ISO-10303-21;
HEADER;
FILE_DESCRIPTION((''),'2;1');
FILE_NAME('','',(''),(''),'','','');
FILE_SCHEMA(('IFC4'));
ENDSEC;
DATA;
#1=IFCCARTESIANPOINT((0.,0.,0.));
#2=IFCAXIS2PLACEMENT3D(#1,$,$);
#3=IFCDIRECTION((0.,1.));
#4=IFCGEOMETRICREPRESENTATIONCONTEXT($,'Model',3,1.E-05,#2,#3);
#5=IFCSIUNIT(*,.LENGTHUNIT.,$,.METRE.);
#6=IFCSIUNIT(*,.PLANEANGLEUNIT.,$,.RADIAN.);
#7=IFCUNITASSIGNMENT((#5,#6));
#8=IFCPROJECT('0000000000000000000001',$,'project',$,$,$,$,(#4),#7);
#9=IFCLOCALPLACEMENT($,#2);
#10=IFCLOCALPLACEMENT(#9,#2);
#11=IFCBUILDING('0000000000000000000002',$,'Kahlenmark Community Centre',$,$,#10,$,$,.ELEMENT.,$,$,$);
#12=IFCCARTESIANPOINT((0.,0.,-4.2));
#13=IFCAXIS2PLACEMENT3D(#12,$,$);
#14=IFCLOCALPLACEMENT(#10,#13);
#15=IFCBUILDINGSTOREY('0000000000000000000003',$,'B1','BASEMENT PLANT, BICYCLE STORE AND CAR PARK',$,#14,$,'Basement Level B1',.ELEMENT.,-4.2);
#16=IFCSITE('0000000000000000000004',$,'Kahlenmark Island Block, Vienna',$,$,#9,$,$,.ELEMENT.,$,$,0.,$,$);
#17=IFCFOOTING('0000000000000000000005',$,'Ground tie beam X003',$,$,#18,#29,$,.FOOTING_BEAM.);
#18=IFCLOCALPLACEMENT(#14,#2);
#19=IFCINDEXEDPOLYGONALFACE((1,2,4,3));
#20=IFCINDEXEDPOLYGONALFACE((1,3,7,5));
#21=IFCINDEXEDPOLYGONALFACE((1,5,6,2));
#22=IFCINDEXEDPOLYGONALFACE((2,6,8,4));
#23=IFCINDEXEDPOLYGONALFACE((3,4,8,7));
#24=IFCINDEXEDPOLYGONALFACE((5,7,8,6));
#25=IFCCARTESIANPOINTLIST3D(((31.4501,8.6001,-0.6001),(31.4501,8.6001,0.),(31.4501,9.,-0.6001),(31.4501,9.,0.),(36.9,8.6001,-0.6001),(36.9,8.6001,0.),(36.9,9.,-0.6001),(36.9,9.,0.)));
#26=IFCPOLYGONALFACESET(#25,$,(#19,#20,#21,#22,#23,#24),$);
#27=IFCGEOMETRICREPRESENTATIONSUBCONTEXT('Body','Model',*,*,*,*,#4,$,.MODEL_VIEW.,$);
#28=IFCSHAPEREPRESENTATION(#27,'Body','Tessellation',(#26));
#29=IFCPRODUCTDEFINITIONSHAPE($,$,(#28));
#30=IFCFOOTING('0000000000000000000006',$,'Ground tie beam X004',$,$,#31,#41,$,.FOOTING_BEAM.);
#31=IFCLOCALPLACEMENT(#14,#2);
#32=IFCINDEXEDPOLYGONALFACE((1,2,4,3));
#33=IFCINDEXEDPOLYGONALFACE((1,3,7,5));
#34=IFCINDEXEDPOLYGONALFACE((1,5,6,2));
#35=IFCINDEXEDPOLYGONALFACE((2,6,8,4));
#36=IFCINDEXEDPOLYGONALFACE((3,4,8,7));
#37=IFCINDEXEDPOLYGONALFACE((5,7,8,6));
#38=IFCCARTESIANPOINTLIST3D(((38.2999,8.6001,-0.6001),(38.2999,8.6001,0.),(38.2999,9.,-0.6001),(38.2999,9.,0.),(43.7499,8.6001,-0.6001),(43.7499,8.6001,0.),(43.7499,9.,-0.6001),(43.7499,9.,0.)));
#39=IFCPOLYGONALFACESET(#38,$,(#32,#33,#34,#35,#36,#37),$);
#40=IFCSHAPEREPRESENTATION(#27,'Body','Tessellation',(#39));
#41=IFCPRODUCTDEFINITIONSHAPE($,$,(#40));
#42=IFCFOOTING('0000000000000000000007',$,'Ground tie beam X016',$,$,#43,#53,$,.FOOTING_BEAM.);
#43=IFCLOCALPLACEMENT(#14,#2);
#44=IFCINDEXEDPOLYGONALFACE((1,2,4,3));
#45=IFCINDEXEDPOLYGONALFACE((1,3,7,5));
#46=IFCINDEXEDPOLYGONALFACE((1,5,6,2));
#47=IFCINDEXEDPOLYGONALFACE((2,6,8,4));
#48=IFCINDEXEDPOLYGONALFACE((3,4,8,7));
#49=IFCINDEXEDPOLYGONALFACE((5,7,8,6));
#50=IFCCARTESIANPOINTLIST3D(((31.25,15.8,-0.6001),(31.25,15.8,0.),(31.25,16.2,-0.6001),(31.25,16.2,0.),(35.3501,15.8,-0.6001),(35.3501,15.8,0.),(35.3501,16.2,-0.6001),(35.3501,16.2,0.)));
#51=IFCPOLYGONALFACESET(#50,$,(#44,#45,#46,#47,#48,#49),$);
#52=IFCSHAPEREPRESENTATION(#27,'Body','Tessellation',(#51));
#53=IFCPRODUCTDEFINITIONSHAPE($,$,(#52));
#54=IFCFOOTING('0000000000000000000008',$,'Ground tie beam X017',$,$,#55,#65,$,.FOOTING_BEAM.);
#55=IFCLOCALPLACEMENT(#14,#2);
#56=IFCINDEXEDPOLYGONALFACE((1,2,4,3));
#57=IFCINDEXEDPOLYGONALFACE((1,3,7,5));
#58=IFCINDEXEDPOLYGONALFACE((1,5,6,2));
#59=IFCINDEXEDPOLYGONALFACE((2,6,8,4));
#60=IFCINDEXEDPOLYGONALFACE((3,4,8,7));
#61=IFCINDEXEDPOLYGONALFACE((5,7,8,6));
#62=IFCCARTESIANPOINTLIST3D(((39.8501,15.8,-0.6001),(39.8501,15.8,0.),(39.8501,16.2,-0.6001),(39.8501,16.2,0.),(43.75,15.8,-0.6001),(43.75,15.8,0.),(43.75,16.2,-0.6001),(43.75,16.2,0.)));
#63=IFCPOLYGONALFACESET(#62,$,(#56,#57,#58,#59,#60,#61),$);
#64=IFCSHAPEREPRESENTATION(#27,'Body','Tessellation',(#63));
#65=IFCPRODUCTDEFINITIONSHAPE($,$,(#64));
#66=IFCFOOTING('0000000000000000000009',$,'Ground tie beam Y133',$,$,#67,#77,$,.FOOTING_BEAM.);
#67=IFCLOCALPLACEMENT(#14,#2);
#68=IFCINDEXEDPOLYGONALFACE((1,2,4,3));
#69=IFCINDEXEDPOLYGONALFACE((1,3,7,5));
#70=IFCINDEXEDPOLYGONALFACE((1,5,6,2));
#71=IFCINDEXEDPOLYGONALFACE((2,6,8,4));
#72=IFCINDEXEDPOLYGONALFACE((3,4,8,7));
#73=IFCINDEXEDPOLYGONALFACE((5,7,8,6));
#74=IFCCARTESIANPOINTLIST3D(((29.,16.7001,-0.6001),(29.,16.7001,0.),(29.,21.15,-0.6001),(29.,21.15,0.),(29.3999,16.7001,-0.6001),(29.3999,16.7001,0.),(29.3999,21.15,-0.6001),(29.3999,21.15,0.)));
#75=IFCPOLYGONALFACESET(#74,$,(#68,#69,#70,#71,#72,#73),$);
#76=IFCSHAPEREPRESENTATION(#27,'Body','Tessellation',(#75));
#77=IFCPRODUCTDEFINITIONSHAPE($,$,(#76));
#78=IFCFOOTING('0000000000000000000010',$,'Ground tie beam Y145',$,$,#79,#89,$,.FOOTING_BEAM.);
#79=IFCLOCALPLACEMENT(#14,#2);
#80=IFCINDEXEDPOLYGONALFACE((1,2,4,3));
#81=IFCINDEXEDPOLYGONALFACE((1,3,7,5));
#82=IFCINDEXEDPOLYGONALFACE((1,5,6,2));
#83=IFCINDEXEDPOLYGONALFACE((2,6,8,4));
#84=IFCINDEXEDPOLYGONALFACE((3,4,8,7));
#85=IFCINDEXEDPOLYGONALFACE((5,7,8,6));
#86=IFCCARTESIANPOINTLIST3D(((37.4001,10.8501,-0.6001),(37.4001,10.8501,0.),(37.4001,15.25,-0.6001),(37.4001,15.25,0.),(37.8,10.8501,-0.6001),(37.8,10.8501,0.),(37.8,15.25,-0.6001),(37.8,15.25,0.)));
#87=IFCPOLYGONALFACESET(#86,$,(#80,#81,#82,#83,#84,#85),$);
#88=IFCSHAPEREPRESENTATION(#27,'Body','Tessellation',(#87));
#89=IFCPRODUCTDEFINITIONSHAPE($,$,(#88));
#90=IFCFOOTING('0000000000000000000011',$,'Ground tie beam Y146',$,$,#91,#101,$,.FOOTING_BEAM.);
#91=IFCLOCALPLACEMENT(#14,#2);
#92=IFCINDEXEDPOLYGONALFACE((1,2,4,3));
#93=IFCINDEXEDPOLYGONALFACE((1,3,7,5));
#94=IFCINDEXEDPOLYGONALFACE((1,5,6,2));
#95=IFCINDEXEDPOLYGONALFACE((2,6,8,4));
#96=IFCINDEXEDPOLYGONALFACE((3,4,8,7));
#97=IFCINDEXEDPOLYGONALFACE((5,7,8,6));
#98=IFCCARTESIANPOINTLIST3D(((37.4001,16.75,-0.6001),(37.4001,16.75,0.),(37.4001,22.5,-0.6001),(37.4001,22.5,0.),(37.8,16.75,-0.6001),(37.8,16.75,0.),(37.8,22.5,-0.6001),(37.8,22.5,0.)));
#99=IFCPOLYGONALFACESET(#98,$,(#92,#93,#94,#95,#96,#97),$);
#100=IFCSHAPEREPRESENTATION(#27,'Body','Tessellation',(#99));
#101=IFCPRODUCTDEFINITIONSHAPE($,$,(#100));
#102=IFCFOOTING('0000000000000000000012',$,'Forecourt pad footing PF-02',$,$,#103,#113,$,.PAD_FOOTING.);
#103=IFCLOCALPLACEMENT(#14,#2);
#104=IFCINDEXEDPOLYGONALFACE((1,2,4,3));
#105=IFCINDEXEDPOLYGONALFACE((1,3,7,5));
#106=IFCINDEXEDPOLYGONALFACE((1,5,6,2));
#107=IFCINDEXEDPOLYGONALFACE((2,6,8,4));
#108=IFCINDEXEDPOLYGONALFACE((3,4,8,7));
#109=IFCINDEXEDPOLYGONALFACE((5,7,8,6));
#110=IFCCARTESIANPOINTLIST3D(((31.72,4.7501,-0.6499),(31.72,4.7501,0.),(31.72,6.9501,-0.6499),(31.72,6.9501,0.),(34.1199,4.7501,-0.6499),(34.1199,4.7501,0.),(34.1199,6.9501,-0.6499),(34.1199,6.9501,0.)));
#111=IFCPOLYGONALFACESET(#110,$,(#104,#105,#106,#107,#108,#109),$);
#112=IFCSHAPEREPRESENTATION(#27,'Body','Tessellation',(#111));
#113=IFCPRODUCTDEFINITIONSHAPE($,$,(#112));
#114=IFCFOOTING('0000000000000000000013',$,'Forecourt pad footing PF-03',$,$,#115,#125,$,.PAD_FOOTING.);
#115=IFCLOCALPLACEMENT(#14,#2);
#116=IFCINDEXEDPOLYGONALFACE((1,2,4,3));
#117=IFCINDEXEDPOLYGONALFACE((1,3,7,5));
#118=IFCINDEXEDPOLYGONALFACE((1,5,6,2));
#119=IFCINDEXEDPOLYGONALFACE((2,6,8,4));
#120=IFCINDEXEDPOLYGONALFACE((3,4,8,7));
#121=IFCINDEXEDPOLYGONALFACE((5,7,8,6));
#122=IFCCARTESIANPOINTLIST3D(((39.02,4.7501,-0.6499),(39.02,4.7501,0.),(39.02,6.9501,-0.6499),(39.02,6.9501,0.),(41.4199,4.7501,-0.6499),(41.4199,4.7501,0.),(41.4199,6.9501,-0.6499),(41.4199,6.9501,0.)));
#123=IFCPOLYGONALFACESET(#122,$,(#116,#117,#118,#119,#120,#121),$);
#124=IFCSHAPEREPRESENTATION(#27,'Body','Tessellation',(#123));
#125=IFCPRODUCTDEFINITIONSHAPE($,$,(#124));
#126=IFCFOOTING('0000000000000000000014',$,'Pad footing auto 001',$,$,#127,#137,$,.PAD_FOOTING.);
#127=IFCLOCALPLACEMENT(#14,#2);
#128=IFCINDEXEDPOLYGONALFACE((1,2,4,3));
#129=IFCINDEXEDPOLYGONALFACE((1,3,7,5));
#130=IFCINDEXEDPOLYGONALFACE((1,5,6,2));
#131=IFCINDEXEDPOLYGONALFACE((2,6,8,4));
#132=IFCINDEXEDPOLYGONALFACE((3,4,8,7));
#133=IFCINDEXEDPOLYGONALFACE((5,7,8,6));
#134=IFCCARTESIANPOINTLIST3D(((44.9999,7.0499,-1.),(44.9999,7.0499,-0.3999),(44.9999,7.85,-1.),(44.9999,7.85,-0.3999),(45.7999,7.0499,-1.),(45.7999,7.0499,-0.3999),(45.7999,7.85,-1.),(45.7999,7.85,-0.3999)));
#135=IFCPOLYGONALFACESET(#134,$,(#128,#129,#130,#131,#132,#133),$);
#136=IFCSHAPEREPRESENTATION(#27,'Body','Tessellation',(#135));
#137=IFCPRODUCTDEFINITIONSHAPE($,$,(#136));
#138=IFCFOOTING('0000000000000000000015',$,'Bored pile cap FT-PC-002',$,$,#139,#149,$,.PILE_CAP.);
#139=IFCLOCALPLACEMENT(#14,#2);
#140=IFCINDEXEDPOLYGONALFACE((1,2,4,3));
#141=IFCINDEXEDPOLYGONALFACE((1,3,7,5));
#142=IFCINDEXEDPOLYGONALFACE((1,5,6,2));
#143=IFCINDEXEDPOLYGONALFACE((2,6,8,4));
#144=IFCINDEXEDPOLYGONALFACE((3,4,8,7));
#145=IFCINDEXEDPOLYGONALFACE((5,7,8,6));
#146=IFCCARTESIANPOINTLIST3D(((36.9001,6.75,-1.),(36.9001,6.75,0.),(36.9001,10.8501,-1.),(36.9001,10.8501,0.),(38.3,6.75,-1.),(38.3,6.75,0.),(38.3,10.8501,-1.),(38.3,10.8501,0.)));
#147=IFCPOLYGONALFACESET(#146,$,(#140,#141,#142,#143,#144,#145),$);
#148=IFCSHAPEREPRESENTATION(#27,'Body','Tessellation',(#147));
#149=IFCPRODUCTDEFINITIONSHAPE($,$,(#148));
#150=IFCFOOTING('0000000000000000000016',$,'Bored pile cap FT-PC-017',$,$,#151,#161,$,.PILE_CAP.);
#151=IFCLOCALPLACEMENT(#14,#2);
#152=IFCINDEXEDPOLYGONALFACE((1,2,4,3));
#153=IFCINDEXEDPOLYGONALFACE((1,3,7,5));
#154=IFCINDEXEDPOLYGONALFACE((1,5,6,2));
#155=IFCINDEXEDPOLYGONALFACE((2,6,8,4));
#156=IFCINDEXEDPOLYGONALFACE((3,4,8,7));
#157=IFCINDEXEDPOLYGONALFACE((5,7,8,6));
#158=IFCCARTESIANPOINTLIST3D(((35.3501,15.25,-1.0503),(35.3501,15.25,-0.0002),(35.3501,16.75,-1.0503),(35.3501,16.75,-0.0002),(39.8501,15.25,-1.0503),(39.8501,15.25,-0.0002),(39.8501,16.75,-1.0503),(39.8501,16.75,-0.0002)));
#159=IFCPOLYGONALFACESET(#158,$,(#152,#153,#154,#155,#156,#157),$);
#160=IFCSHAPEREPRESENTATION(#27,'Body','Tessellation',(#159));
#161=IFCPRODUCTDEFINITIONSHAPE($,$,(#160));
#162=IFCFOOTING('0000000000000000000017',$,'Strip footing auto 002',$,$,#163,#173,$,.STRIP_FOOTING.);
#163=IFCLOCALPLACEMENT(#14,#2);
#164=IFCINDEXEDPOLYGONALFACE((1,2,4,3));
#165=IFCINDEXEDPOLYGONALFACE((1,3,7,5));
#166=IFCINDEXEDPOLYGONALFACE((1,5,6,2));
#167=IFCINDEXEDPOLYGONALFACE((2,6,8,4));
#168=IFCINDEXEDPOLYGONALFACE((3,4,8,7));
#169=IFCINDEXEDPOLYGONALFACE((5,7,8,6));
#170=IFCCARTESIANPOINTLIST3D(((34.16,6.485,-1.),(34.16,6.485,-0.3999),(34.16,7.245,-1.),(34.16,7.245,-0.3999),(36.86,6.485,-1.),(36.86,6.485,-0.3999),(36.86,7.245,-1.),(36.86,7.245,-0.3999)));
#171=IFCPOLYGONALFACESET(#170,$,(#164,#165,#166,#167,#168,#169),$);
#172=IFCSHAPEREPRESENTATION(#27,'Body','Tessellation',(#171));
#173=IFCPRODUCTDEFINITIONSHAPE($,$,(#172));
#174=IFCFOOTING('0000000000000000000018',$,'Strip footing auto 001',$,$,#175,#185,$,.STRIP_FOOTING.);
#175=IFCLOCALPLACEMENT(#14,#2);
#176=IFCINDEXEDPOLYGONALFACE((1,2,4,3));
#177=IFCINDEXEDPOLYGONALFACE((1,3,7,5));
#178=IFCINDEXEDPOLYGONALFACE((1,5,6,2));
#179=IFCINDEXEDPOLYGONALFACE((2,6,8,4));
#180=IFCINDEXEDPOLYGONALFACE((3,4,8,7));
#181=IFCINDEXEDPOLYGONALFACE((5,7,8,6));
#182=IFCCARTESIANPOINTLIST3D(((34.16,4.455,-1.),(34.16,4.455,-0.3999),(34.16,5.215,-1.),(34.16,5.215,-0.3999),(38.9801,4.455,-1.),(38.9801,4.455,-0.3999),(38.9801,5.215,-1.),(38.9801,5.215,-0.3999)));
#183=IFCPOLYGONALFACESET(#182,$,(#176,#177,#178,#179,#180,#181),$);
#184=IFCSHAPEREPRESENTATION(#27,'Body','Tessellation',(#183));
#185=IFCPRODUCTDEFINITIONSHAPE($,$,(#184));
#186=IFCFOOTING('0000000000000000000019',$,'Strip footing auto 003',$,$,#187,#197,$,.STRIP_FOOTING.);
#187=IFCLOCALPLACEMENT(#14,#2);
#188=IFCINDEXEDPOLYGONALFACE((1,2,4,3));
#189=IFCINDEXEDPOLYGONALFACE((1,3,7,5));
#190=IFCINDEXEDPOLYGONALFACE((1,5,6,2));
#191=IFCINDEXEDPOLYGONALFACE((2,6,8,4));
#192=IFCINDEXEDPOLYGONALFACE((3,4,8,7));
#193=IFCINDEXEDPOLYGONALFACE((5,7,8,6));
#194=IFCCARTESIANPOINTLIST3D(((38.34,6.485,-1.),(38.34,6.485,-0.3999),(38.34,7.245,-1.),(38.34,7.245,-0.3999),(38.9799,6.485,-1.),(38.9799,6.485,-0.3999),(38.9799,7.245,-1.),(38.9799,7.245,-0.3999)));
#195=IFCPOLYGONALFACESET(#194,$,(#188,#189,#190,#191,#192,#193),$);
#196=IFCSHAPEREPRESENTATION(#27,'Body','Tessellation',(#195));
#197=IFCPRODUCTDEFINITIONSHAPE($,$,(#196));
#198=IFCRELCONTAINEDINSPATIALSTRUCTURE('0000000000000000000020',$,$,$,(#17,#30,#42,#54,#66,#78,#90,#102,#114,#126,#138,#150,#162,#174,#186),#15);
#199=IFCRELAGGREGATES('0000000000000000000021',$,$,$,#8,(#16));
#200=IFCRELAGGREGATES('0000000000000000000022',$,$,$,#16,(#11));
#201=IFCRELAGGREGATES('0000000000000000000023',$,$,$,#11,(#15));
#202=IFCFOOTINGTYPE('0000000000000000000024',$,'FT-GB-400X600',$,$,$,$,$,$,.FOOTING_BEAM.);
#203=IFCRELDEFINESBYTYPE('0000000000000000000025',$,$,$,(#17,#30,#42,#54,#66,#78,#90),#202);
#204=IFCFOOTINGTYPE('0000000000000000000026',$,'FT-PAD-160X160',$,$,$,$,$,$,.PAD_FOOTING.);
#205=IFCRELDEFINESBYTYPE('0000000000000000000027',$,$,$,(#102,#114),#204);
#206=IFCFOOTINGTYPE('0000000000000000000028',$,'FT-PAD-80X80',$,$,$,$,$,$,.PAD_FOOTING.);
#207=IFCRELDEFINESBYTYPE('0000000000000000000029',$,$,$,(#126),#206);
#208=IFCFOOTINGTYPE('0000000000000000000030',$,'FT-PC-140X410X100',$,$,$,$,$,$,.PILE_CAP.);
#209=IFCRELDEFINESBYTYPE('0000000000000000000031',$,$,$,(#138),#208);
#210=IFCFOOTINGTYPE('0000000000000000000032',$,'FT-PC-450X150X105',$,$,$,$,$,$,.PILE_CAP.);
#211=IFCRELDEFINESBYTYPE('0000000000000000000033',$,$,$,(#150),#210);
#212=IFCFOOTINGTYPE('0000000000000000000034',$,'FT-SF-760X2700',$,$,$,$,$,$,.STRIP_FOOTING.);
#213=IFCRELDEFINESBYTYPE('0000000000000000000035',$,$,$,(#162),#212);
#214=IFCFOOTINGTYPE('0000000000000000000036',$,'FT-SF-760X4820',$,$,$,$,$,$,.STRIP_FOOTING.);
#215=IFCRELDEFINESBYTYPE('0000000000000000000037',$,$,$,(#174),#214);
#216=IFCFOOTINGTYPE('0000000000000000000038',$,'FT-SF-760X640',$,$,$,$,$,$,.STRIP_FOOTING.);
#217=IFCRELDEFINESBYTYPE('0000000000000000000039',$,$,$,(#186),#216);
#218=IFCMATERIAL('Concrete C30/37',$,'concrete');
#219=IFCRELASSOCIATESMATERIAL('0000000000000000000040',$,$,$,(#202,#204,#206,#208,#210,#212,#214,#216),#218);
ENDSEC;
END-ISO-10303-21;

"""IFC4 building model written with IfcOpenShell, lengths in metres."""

from ifc_helpers import new_model, si_unit, direction, frame, origin, origin_2d, place, context, subcontext, project, spatial, rectangle, extrude, material, type_object, element, save


model = new_model("IFC4")

# Units and contexts
model_context = context("Model", 3, precision=1e-05, world=origin(), true_north=direction((0.0, 1.0)))
body_context = subcontext(model_context, "Body", "Model", "MODEL_VIEW")
ifc_project = project(units=[si_unit("LENGTHUNIT", "METRE"), si_unit("PLANEANGLEUNIT", "RADIAN")], contexts=[model_context])

# Site, building, storey
site_placement = place(None, origin())
site = spatial("IfcSite", under=ifc_project, at=site_placement, Name="Kahlenmark Island Block, Vienna", CompositionType="ELEMENT", RefElevation=0.0)
building_placement = place(site_placement, origin())
building = spatial("IfcBuilding", under=site, at=building_placement, Name="Kahlenmark Community Centre", CompositionType="ELEMENT")
storey_placement = place(building_placement, frame((0.0, 0.0, -4.2)))
storey = spatial("IfcBuildingStorey", under=building, at=storey_placement, Name="B1", Description="BASEMENT PLANT, BICYCLE STORE AND CAR PARK", LongName="Basement Level B1", CompositionType="ELEMENT", Elevation=-4.2)

# Footings
ifc_material_1 = material(Name="Concrete C30/37", Category="concrete")
footing_type_1 = type_object("IfcFootingType", Name="FT-GB-400X600", PredefinedType="FOOTING_BEAM", material=ifc_material_1)
for number, where, z_axis, x_axis, name in (
    (1, (34.175, 8.8, -0.6001), (0.0, 0.0, 1.0), (1.0, 0.0, 0.0), "Ground tie beam X003"),
    (2, (41.0249, 8.8, -0.6001), (0.0, 0.0, 1.0), (1.0, 0.0, 0.0), "Ground tie beam X004"),
):
    element("IfcFooting", number, at=place(storey_placement, frame(where, z_axis=z_axis, x_axis=x_axis)), inside=storey, type_object=footing_type_1, Name=name, PredefinedType="FOOTING_BEAM", context=body_context, shape_type="SweptSolid", body=[
        extrude(rectangle(XDim=5.45, YDim=0.3999, at=origin_2d()), origin(), (0.0, 0.0, 1.0), 0.6001),
    ])
footing_1_placement = place(storey_placement, frame((33.3, 16.0, -0.6001), z_axis=(0.0, 0.0, 1.0), x_axis=(1.0, 0.0, 0.0)))
element("IfcFooting", 3, at=footing_1_placement, inside=storey, type_object=footing_type_1, Name="Ground tie beam X016", PredefinedType="FOOTING_BEAM", context=body_context, shape_type="SweptSolid", body=[
    extrude(rectangle(XDim=4.1001, YDim=0.3999, at=origin_2d()), origin(), (0.0, 0.0, 1.0), 0.6001),
])
footing_2_placement = place(storey_placement, frame((41.8, 16.0, -0.6001), z_axis=(0.0, 0.0, 1.0), x_axis=(1.0, 0.0, 0.0)))
element("IfcFooting", 4, at=footing_2_placement, inside=storey, type_object=footing_type_1, Name="Ground tie beam X017", PredefinedType="FOOTING_BEAM", context=body_context, shape_type="SweptSolid", body=[
    extrude(rectangle(XDim=3.8999, YDim=0.3999, at=origin_2d()), origin(), (0.0, 0.0, 1.0), 0.6001),
])
footing_3_placement = place(storey_placement, frame((29.2, 18.925, -0.6001), z_axis=(0.0, 0.0, 1.0), x_axis=(1.0, 0.0, 0.0)))
element("IfcFooting", 5, at=footing_3_placement, inside=storey, type_object=footing_type_1, Name="Ground tie beam Y133", PredefinedType="FOOTING_BEAM", context=body_context, shape_type="SweptSolid", body=[
    extrude(rectangle(XDim=0.3999, YDim=4.45, at=origin_2d()), origin(), (0.0, 0.0, 1.0), 0.6001),
])
footing_4_placement = place(storey_placement, frame((37.6001, 13.05, -0.6001), z_axis=(0.0, 0.0, 1.0), x_axis=(1.0, 0.0, 0.0)))
element("IfcFooting", 6, at=footing_4_placement, inside=storey, type_object=footing_type_1, Name="Ground tie beam Y145", PredefinedType="FOOTING_BEAM", context=body_context, shape_type="SweptSolid", body=[
    extrude(rectangle(XDim=0.3999, YDim=4.3999, at=origin_2d()), origin(), (0.0, 0.0, 1.0), 0.6001),
])
footing_5_placement = place(storey_placement, frame((37.6001, 19.625, -0.6001), z_axis=(0.0, 0.0, 1.0), x_axis=(1.0, 0.0, 0.0)))
element("IfcFooting", 7, at=footing_5_placement, inside=storey, type_object=footing_type_1, Name="Ground tie beam Y146", PredefinedType="FOOTING_BEAM", context=body_context, shape_type="SweptSolid", body=[
    extrude(rectangle(XDim=0.3999, YDim=5.75, at=origin_2d()), origin(), (0.0, 0.0, 1.0), 0.6001),
])
footing_type_2 = type_object("IfcFootingType", Name="FT-PAD-160X160", PredefinedType="PAD_FOOTING", material=ifc_material_1)
for number, where, z_axis, x_axis, name in (
    (8, (32.9199, 5.8501, -0.6499), (0.0, 0.0, 1.0), (1.0, 0.0, 0.0), "Forecourt pad footing PF-02"),
    (9, (40.22, 5.8501, -0.6499), (0.0, 0.0, 1.0), (1.0, 0.0, 0.0), "Forecourt pad footing PF-03"),
):
    element("IfcFooting", number, at=place(storey_placement, frame(where, z_axis=z_axis, x_axis=x_axis)), inside=storey, type_object=footing_type_2, Name=name, PredefinedType="PAD_FOOTING", context=body_context, shape_type="SweptSolid", body=[
        extrude(rectangle(XDim=2.3999, YDim=2.2, at=origin_2d()), origin(), (0.0, 0.0, 1.0), 0.6499),
    ])
footing_type_3 = type_object("IfcFootingType", Name="FT-PAD-80X80", PredefinedType="PAD_FOOTING", material=ifc_material_1)
footing_6_placement = place(storey_placement, frame((45.3999, 7.45, -1.0), z_axis=(0.0, 0.0, 1.0), x_axis=(1.0, 0.0, 0.0)))
element("IfcFooting", 10, at=footing_6_placement, inside=storey, type_object=footing_type_3, Name="Pad footing auto 001", PredefinedType="PAD_FOOTING", context=body_context, shape_type="SweptSolid", body=[
    extrude(rectangle(XDim=0.8, YDim=0.8, at=origin_2d()), origin(), (0.0, 0.0, 1.0), 0.6001),
])
footing_type_4 = type_object("IfcFootingType", Name="FT-PC-140X410X100", PredefinedType="PILE_CAP", material=ifc_material_1)
footing_7_placement = place(storey_placement, frame((37.6001, 8.8, -1.0), z_axis=(0.0, 0.0, 1.0), x_axis=(1.0, 0.0, 0.0)))
element("IfcFooting", 11, at=footing_7_placement, inside=storey, type_object=footing_type_4, Name="Bored pile cap FT-PC-002", PredefinedType="PILE_CAP", context=body_context, shape_type="SweptSolid", body=[
    extrude(rectangle(XDim=1.3999, YDim=4.1001, at=origin_2d()), origin(), (0.0, 0.0, 1.0), 1.0),
])
footing_type_5 = type_object("IfcFootingType", Name="FT-PC-450X150X105", PredefinedType="PILE_CAP", material=ifc_material_1)
footing_8_placement = place(storey_placement, frame((37.6001, 16.0, -1.0503), z_axis=(0.0, 0.0, 1.0), x_axis=(1.0, 0.0, 0.0)))
element("IfcFooting", 12, at=footing_8_placement, inside=storey, type_object=footing_type_5, Name="Bored pile cap FT-PC-017", PredefinedType="PILE_CAP", context=body_context, shape_type="SweptSolid", body=[
    extrude(rectangle(XDim=4.5, YDim=1.5, at=origin_2d()), origin(), (0.0, 0.0, 1.0), 1.05),
])
footing_type_6 = type_object("IfcFootingType", Name="FT-SF-760X2700", PredefinedType="STRIP_FOOTING", material=ifc_material_1)
footing_9_placement = place(storey_placement, frame((35.51, 6.865, -1.0), z_axis=(0.0, 0.0, 1.0), x_axis=(1.0, 0.0, 0.0)))
element("IfcFooting", 13, at=footing_9_placement, inside=storey, type_object=footing_type_6, Name="Strip footing auto 002", PredefinedType="STRIP_FOOTING", context=body_context, shape_type="SweptSolid", body=[
    extrude(rectangle(XDim=2.7, YDim=0.76, at=origin_2d()), origin(), (0.0, 0.0, 1.0), 0.6001),
])
footing_type_7 = type_object("IfcFootingType", Name="FT-SF-760X4820", PredefinedType="STRIP_FOOTING", material=ifc_material_1)
footing_10_placement = place(storey_placement, frame((36.5701, 4.835, -1.0), z_axis=(0.0, 0.0, 1.0), x_axis=(1.0, 0.0, 0.0)))
element("IfcFooting", 14, at=footing_10_placement, inside=storey, type_object=footing_type_7, Name="Strip footing auto 001", PredefinedType="STRIP_FOOTING", context=body_context, shape_type="SweptSolid", body=[
    extrude(rectangle(XDim=4.8201, YDim=0.76, at=origin_2d()), origin(), (0.0, 0.0, 1.0), 0.6001),
])
footing_type_8 = type_object("IfcFootingType", Name="FT-SF-760X640", PredefinedType="STRIP_FOOTING", material=ifc_material_1)
footing_11_placement = place(storey_placement, frame((38.6599, 6.865, -1.0), z_axis=(0.0, 0.0, 1.0), x_axis=(1.0, 0.0, 0.0)))
element("IfcFooting", 15, at=footing_11_placement, inside=storey, type_object=footing_type_8, Name="Strip footing auto 003", PredefinedType="STRIP_FOOTING", context=body_context, shape_type="SweptSolid", body=[
    extrude(rectangle(XDim=0.6399, YDim=0.76, at=origin_2d()), origin(), (0.0, 0.0, 1.0), 0.6001),
])

save(model, "model.ifc")
